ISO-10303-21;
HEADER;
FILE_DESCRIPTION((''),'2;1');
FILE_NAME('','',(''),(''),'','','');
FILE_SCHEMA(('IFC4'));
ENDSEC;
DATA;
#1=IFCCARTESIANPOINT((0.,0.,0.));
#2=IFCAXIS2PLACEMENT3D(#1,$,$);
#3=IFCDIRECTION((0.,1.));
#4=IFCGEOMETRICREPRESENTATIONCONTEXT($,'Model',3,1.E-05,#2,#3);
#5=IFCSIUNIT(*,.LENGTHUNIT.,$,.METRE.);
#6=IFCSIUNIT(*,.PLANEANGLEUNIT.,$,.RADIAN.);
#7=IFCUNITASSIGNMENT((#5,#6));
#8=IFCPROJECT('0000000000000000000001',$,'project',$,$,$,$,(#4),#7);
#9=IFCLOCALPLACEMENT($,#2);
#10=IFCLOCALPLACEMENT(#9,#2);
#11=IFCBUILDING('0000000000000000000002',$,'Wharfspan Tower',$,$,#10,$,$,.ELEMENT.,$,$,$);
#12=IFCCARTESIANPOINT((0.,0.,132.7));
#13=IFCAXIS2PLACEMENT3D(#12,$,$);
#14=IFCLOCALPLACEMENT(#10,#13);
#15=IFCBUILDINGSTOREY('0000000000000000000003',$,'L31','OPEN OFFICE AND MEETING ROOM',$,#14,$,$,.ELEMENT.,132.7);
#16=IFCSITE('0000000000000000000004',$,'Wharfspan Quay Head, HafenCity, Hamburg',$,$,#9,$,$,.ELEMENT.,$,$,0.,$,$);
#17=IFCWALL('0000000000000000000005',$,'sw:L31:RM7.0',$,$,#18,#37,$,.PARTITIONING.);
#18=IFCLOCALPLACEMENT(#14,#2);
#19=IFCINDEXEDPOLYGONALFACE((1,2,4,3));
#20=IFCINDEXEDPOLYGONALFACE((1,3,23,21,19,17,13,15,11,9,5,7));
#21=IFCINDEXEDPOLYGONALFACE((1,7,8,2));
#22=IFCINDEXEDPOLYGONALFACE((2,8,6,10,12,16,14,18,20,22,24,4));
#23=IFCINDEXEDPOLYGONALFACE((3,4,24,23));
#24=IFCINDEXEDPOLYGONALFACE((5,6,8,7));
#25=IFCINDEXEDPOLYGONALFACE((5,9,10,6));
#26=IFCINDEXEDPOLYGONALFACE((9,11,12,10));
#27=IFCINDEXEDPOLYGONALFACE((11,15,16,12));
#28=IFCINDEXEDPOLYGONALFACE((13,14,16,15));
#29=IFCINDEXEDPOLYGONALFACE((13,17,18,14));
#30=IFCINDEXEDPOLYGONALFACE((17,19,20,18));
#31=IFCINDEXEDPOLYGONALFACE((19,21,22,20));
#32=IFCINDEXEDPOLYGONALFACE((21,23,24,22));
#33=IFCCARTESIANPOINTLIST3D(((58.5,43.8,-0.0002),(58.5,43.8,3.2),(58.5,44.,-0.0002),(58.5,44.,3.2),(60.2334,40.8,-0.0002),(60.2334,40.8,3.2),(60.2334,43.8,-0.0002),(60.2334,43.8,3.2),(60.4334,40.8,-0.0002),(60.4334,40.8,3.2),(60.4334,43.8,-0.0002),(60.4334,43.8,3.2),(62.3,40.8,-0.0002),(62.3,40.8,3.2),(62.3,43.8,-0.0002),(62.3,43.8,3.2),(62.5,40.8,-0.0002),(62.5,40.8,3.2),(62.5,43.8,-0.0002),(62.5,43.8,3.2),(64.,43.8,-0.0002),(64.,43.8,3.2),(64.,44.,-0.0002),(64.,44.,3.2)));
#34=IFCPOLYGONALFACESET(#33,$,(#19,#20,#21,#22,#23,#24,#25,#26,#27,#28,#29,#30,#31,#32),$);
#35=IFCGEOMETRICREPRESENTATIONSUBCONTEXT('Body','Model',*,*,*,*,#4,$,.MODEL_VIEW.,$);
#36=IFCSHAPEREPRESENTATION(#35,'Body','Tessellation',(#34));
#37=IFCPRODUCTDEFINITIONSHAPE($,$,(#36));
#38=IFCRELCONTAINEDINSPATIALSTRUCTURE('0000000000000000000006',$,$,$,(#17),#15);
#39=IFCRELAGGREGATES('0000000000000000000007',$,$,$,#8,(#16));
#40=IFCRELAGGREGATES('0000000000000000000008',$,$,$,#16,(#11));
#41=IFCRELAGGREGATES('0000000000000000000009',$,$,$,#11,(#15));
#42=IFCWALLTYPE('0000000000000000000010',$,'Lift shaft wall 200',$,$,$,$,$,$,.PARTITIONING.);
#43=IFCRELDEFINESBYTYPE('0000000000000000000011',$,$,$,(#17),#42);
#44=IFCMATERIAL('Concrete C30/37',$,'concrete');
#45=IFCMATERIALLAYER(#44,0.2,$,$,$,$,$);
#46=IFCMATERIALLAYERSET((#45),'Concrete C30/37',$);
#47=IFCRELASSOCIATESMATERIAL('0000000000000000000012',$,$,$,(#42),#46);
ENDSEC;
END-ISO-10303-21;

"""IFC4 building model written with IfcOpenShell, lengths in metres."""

from ifc_helpers import new_model, si_unit, direction, frame, origin, place, context, subcontext, project, spatial, polyline, outline, extrude, material, layer, layer_set, type_object, element, save


model = new_model("IFC4")

# Units and contexts
model_context = context("Model", 3, precision=1e-05, world=origin(), true_north=direction((0.0, 1.0)))
body_context = subcontext(model_context, "Body", "Model", "MODEL_VIEW")
ifc_project = project(units=[si_unit("LENGTHUNIT", "METRE"), si_unit("PLANEANGLEUNIT", "RADIAN")], contexts=[model_context])

# Site, building, storey
site_placement = place(None, origin())
site = spatial("IfcSite", under=ifc_project, at=site_placement, Name="Wharfspan Quay Head, HafenCity, Hamburg", CompositionType="ELEMENT", RefElevation=0.0)
building_placement = place(site_placement, origin())
building = spatial("IfcBuilding", under=site, at=building_placement, Name="Wharfspan Tower", CompositionType="ELEMENT")
storey_placement = place(building_placement, frame((0.0, 0.0, 132.7)))
storey = spatial("IfcBuildingStorey", under=building, at=storey_placement, Name="L31", Description="OPEN OFFICE AND MEETING ROOM", CompositionType="ELEMENT", Elevation=132.7)

# Wall
ifc_material_1 = material(Name="Concrete C30/37", Category="concrete")
ifc_layer_1 = layer(ifc_material_1, 0.2)
ifc_layer_set_1 = layer_set([ifc_layer_1], Name="Concrete C30/37")
wall_type_1 = type_object("IfcWallType", Name="Lift shaft wall 200", PredefinedType="PARTITIONING", material=ifc_layer_set_1)
wall_1_placement = place(storey_placement, frame((0.0, 0.0, -0.0002)))
element("IfcWall", 1, at=wall_1_placement, inside=storey, type_object=wall_type_1, Name="sw:L31:RM7.0", PredefinedType="PARTITIONING", context=body_context, shape_type="SweptSolid", body=[
    extrude(outline(polyline([(60.4333, 40.8), (60.2334, 40.8), (60.2334, 43.8), (58.5, 43.8), (58.5, 44.0), (64.0, 44.0), (64.0, 43.8), (62.5, 43.8), (62.5, 40.8), (62.3, 40.8), (62.3, 43.8), (60.4333, 43.8), (60.4333, 40.8)])), origin(), (0.0, 0.0, 1.0), 3.2002),
])

save(model, "model.ifc")
